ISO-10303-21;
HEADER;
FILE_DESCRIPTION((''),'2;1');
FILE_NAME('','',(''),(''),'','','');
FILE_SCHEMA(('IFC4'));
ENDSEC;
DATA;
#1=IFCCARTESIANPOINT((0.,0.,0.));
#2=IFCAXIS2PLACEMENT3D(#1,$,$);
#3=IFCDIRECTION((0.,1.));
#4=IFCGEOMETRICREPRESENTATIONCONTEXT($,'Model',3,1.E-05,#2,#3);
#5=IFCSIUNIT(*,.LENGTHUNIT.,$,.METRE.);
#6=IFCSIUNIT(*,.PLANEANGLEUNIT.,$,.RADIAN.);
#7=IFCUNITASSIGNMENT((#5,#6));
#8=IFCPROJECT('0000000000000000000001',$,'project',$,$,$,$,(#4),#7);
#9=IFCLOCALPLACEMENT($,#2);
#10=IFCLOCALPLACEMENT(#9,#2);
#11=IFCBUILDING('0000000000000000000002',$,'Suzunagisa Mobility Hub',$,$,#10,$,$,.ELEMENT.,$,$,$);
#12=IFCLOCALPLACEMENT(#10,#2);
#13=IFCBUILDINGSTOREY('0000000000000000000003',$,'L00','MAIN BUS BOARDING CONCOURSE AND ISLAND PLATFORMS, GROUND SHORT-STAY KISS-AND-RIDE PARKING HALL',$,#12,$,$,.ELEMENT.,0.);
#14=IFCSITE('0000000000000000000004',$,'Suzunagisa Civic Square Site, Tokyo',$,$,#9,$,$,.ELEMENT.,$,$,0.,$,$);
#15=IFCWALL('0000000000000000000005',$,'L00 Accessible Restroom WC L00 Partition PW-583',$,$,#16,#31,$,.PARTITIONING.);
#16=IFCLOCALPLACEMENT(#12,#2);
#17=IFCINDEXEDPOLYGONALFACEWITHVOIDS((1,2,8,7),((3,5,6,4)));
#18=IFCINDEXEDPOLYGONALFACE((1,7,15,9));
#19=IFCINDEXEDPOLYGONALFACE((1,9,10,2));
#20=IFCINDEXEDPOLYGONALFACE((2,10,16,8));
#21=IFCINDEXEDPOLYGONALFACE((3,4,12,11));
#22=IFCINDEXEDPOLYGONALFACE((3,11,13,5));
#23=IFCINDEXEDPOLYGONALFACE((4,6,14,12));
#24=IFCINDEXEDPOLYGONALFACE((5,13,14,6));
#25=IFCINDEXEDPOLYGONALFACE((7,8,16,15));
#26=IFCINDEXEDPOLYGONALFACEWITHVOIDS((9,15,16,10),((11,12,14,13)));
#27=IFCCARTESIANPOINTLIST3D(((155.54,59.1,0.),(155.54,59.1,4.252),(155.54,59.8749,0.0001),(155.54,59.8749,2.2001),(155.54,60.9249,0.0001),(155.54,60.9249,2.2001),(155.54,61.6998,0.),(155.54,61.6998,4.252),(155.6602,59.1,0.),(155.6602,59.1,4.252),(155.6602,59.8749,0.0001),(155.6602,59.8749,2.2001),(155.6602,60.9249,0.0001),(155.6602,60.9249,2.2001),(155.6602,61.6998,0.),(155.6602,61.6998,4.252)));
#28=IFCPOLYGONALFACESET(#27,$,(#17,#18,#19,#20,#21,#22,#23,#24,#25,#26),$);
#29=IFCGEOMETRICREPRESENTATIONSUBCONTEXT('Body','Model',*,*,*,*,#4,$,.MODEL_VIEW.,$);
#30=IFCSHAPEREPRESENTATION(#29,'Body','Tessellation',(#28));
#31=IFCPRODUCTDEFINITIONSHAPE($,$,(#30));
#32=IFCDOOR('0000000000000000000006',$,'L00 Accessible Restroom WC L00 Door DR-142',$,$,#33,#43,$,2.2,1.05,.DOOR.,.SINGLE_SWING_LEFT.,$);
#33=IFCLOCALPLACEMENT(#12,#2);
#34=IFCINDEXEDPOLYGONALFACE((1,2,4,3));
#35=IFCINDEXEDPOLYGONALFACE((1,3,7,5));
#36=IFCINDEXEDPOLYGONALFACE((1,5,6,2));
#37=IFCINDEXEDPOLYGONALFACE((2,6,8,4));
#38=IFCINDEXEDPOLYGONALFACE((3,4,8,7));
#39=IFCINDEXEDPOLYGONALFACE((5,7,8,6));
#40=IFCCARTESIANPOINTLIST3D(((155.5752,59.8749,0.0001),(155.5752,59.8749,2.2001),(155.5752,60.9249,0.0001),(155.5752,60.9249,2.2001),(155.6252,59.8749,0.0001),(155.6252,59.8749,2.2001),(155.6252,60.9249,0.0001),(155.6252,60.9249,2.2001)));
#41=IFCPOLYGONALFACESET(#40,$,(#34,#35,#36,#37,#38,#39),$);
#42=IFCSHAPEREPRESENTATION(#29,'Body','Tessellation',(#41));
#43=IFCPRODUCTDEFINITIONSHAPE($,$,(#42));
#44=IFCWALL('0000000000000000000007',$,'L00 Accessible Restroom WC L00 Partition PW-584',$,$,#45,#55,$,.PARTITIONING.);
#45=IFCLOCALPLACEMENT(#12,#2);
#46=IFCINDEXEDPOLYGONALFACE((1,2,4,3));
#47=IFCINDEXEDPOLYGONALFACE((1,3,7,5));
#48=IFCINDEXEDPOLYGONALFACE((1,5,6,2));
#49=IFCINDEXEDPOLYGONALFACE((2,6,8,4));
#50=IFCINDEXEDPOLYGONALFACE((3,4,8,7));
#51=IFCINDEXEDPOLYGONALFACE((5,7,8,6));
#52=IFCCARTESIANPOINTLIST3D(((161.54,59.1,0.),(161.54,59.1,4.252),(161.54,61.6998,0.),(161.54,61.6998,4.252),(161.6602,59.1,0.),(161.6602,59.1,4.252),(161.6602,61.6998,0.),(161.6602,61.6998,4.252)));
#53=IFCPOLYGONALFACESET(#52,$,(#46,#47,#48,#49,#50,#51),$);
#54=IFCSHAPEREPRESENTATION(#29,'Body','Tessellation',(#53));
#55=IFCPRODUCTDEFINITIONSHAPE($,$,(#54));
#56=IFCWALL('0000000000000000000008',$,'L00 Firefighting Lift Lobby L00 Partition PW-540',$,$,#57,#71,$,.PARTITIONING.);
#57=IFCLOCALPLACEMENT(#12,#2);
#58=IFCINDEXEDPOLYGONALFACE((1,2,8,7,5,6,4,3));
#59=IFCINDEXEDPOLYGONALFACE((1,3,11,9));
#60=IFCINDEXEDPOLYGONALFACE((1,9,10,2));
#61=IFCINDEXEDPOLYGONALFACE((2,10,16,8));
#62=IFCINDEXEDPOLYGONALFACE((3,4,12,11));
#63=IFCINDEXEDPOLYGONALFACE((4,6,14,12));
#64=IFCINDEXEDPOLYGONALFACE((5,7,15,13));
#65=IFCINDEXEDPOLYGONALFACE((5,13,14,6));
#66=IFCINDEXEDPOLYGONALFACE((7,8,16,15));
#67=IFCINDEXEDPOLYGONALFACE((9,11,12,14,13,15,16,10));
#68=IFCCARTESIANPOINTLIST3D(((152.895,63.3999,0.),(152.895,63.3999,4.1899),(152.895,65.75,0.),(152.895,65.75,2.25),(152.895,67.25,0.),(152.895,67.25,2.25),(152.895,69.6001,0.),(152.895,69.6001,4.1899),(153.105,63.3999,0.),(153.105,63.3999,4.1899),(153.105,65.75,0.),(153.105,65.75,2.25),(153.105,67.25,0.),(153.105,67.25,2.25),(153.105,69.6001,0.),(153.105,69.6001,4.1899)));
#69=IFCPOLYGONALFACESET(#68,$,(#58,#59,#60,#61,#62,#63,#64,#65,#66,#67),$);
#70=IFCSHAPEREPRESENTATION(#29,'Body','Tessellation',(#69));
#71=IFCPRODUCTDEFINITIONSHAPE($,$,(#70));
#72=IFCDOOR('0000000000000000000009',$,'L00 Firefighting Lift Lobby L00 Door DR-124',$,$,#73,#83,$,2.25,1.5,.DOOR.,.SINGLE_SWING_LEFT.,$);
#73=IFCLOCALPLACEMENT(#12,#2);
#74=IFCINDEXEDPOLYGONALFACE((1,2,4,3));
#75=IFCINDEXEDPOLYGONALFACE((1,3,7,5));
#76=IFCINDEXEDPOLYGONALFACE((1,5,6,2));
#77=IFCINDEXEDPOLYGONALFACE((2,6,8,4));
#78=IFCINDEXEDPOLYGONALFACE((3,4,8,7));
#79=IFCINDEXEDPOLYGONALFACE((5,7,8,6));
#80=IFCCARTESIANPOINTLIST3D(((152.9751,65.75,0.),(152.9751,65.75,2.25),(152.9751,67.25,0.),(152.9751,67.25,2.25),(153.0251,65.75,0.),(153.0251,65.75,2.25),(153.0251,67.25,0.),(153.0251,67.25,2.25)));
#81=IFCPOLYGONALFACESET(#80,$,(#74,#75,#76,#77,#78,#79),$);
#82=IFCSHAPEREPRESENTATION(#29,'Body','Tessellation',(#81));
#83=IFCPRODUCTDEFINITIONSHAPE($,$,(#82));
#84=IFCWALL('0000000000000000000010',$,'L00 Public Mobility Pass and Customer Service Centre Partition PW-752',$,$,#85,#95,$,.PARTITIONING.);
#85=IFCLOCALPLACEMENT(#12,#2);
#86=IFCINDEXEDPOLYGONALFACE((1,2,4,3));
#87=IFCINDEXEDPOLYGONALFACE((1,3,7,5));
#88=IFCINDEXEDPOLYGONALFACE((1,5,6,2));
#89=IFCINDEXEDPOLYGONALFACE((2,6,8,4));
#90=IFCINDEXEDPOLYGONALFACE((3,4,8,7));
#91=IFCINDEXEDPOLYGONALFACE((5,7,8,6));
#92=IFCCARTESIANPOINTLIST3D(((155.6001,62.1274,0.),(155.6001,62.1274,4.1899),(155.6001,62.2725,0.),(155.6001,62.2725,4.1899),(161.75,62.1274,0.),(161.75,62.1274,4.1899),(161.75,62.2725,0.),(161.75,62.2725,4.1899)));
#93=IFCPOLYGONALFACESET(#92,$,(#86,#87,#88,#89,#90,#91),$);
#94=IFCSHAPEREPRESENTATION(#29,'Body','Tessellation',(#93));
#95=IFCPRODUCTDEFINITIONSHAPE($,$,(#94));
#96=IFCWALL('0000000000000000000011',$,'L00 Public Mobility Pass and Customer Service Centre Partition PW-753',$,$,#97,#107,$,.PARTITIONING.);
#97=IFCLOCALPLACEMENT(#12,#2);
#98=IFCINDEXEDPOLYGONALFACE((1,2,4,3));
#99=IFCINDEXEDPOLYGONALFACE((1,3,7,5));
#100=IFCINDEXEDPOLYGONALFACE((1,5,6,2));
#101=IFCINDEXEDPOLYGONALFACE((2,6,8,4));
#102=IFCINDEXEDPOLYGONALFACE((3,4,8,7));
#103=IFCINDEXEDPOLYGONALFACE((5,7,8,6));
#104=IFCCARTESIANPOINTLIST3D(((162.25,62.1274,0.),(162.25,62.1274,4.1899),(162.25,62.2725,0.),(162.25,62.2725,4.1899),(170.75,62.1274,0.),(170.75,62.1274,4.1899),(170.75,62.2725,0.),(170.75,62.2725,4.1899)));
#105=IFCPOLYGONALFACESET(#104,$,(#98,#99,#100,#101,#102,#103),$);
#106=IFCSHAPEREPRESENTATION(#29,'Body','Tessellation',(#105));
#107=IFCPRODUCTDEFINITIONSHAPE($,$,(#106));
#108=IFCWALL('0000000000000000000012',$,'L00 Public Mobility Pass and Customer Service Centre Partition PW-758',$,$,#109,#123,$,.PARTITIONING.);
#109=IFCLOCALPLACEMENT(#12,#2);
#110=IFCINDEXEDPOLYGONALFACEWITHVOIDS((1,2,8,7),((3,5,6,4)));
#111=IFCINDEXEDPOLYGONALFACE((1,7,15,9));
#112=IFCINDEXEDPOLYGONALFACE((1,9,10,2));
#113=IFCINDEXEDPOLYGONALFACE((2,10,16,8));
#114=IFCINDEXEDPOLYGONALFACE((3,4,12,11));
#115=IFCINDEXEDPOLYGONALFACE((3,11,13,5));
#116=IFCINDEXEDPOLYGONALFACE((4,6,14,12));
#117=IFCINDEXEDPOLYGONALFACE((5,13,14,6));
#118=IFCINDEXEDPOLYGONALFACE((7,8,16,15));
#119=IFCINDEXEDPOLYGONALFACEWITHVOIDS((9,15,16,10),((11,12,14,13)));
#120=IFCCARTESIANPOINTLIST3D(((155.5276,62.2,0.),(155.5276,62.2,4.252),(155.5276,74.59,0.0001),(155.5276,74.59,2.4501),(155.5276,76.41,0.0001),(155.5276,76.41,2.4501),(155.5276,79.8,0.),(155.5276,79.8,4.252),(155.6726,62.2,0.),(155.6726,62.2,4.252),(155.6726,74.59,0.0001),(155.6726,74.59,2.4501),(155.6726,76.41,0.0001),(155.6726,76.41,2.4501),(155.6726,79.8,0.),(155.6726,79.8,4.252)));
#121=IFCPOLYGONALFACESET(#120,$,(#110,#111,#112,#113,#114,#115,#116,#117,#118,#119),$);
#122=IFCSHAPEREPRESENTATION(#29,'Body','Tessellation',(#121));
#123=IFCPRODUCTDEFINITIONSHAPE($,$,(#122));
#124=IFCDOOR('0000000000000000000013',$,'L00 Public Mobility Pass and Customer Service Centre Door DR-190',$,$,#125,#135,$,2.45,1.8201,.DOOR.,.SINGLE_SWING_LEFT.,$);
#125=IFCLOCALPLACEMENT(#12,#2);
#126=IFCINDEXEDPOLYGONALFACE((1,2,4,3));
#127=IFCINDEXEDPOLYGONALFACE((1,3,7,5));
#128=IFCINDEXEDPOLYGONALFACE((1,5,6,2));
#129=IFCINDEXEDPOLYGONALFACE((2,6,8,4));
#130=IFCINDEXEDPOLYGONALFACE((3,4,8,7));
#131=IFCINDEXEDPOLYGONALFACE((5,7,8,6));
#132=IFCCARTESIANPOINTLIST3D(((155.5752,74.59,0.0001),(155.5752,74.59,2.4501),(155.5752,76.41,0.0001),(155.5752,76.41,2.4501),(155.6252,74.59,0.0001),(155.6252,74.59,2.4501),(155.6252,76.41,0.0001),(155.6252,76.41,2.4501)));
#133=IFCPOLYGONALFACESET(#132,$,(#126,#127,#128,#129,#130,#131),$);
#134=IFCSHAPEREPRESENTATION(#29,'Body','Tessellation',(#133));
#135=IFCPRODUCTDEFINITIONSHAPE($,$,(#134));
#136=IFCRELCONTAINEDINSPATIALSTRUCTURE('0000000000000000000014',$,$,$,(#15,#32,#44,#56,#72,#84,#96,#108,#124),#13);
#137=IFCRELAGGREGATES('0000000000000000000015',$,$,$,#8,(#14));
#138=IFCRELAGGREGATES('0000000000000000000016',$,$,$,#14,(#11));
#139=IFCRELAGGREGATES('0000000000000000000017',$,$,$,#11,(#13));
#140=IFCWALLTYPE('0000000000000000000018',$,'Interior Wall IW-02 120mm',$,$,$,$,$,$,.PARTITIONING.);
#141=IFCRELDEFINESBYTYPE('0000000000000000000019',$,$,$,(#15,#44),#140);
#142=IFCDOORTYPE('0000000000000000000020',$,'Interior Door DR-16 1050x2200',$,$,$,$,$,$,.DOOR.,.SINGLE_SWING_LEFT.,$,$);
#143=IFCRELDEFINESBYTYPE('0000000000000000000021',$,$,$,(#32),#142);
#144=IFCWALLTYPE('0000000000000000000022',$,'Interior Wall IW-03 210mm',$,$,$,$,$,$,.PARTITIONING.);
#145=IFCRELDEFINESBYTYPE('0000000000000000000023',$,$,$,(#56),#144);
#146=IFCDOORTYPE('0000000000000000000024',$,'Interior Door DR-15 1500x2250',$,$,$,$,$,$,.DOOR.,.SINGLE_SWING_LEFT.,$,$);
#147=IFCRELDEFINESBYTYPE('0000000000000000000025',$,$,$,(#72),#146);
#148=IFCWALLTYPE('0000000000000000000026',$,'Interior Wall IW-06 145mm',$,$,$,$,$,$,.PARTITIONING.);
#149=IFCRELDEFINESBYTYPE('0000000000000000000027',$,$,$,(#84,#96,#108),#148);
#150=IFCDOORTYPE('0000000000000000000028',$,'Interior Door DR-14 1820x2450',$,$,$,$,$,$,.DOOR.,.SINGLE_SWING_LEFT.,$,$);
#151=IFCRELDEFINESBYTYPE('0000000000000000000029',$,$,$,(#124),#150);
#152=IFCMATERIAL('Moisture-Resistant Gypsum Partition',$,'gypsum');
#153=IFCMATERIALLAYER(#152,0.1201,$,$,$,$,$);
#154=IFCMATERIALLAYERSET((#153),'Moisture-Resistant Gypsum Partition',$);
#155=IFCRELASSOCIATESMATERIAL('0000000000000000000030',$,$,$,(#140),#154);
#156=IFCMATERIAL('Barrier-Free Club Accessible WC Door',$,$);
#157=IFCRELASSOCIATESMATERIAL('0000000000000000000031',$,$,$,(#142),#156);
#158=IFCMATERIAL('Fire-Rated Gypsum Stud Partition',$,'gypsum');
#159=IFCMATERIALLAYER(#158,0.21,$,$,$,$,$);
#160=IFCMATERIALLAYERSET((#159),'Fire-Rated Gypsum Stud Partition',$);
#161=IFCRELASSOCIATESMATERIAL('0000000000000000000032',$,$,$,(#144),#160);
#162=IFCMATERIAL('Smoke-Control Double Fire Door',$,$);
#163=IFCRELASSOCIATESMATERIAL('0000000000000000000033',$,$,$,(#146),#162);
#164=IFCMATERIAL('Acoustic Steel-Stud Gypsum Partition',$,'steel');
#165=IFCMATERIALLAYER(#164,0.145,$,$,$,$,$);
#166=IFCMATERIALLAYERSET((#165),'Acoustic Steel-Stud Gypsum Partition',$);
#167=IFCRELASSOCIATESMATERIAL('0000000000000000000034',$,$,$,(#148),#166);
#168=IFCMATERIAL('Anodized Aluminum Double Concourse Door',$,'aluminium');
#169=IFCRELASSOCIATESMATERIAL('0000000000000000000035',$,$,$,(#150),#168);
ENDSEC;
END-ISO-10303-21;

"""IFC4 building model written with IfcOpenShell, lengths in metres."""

from ifc_helpers import new_model, si_unit, direction, frame, frame_2d, origin, place, context, subcontext, project, spatial, rectangle, extrude, material, layer, layer_set, type_object, element, fill, save


model = new_model("IFC4")

# Units and contexts
model_context = context("Model", 3, precision=1e-05, world=origin(), true_north=direction((0.0, 1.0)))
body_context = subcontext(model_context, "Body", "Model", "MODEL_VIEW")
ifc_project = project(units=[si_unit("LENGTHUNIT", "METRE"), si_unit("PLANEANGLEUNIT", "RADIAN")], contexts=[model_context])

# Site, building, storey
site_placement = place(None, origin())
site = spatial("IfcSite", under=ifc_project, at=site_placement, Name="Suzunagisa Civic Square Site, Tokyo", CompositionType="ELEMENT", RefElevation=0.0)
building_placement = place(site_placement, origin())
building = spatial("IfcBuilding", under=site, at=building_placement, Name="Suzunagisa Mobility Hub", CompositionType="ELEMENT")
storey_placement = place(building_placement, origin())
storey = spatial("IfcBuildingStorey", under=building, at=storey_placement, Name="L00", Description="MAIN BUS BOARDING CONCOURSE AND ISLAND PLATFORMS, GROUND SHORT-STAY KISS-AND-RIDE PARKING HALL", CompositionType="ELEMENT", Elevation=0.0)

# Shared definitions
ifc_material_1 = material(Name="Moisture-Resistant Gypsum Partition", Category="gypsum")
ifc_layer_1 = layer(ifc_material_1, 0.1201)
ifc_layer_set_1 = layer_set([ifc_layer_1], Name="Moisture-Resistant Gypsum Partition")
wall_type_1 = type_object("IfcWallType", Name="Interior Wall IW-02 120mm", PredefinedType="PARTITIONING", material=ifc_layer_set_1)

# Wall, opening, door
wall_1_placement = place(storey_placement, frame((155.6001, 59.1001, 0.0), z_axis=(0.0, 0.0, 1.0), x_axis=(0.0, 1.0, 0.0)))
wall_1 = element("IfcWall", 1, at=wall_1_placement, inside=storey, type_object=wall_type_1, Name="L00 Accessible Restroom WC L00 Partition PW-583", PredefinedType="PARTITIONING", context=body_context, shape_type="SweptSolid", body=[
    extrude(rectangle(XDim=2.5999, YDim=0.1201, at=frame_2d((1.2998, 0.0))), origin(), (0.0, 0.0, 1.0), 4.252),
])
opening_1_placement = place(wall_1_placement, frame((0.7749, 0.0, 0.0)))
opening_1 = element("IfcOpeningElement", 2, at=opening_1_placement, cuts=wall_1, PredefinedType="OPENING", context=body_context, shape_type="SweptSolid", body=[
    extrude(rectangle(XDim=1.05, YDim=2.2, at=frame_2d((0.5249, 1.1001))), frame((0.0, 0.071, 0.0), z_axis=(0.0, -1.0, 0.0), x_axis=(1.0, 0.0, 0.0)), (0.0, 0.0, 1.0), 0.1421),
])
ifc_material_2 = material(Name="Barrier-Free Club Accessible WC Door")
door_type_1 = type_object("IfcDoorType", Name="Interior Door DR-16 1050x2200", OperationType="SINGLE_SWING_LEFT", PredefinedType="DOOR", material=ifc_material_2)
door_1_placement = place(opening_1_placement, origin())
door_1 = element("IfcDoor", 3, at=door_1_placement, inside=storey, type_object=door_type_1, Name="L00 Accessible Restroom WC L00 Door DR-142", OperationType="SINGLE_SWING_LEFT", OverallHeight=2.2, OverallWidth=1.05, PredefinedType="DOOR", context=body_context, shape_type="SweptSolid", body=[
    extrude(rectangle(XDim=1.05, YDim=2.2, at=frame_2d((0.5249, 1.1001))), frame((0.0, 0.0249, 0.0), z_axis=(0.0, -1.0, 0.0), x_axis=(1.0, 0.0, 0.0)), (0.0, 0.0, 1.0), 0.05),
])
fill(opening_1, door_1)

# Wall
wall_2_placement = place(storey_placement, frame((161.6001, 59.1001, 0.0), z_axis=(0.0, 0.0, 1.0), x_axis=(0.0, 1.0, 0.0)))
element("IfcWall", 4, at=wall_2_placement, inside=storey, type_object=wall_type_1, Name="L00 Accessible Restroom WC L00 Partition PW-584", PredefinedType="PARTITIONING", context=body_context, shape_type="SweptSolid", body=[
    extrude(rectangle(XDim=2.5999, YDim=0.1201, at=frame_2d((1.2998, 0.0))), origin(), (0.0, 0.0, 1.0), 4.252),
])

# Wall, opening, door
ifc_material_3 = material(Name="Fire-Rated Gypsum Stud Partition", Category="gypsum")
ifc_layer_2 = layer(ifc_material_3, 0.21)
ifc_layer_set_2 = layer_set([ifc_layer_2], Name="Fire-Rated Gypsum Stud Partition")
wall_type_2 = type_object("IfcWallType", Name="Interior Wall IW-03 210mm", PredefinedType="PARTITIONING", material=ifc_layer_set_2)
wall_3_placement = place(storey_placement, frame((153.0, 63.3999, 0.0), z_axis=(0.0, 0.0, 1.0), x_axis=(0.0, 1.0, 0.0)))
wall_3 = element("IfcWall", 5, at=wall_3_placement, inside=storey, type_object=wall_type_2, Name="L00 Firefighting Lift Lobby L00 Partition PW-540", PredefinedType="PARTITIONING", context=body_context, shape_type="SweptSolid", body=[
    extrude(rectangle(XDim=6.2002, YDim=0.21, at=frame_2d((3.1001, 0.0))), origin(), (0.0, 0.0, 1.0), 4.1899),
])
opening_2_placement = place(wall_3_placement, frame((2.3501, 0.0, 0.0)))
opening_2 = element("IfcOpeningElement", 6, at=opening_2_placement, cuts=wall_3, PredefinedType="OPENING", context=body_context, shape_type="SweptSolid", body=[
    extrude(rectangle(XDim=1.5, YDim=2.25, at=frame_2d((0.75, 1.125))), frame((0.0, 0.116, 0.0), z_axis=(0.0, -1.0, 0.0), x_axis=(1.0, 0.0, 0.0)), (0.0, 0.0, 1.0), 0.2319),
])
ifc_material_4 = material(Name="Smoke-Control Double Fire Door")
door_type_2 = type_object("IfcDoorType", Name="Interior Door DR-15 1500x2250", OperationType="SINGLE_SWING_LEFT", PredefinedType="DOOR", material=ifc_material_4)
door_2_placement = place(opening_2_placement, origin())
door_2 = element("IfcDoor", 7, at=door_2_placement, inside=storey, type_object=door_type_2, Name="L00 Firefighting Lift Lobby L00 Door DR-124", OperationType="SINGLE_SWING_LEFT", OverallHeight=2.25, OverallWidth=1.5, PredefinedType="DOOR", context=body_context, shape_type="SweptSolid", body=[
    extrude(rectangle(XDim=1.5, YDim=2.25, at=frame_2d((0.75, 1.125))), frame((0.0, 0.0249, 0.0), z_axis=(0.0, -1.0, 0.0), x_axis=(1.0, 0.0, 0.0)), (0.0, 0.0, 1.0), 0.05),
])
fill(opening_2, door_2)

# Walls
ifc_material_5 = material(Name="Acoustic Steel-Stud Gypsum Partition", Category="steel")
ifc_layer_3 = layer(ifc_material_5, 0.145)
ifc_layer_set_3 = layer_set([ifc_layer_3], Name="Acoustic Steel-Stud Gypsum Partition")
wall_type_3 = type_object("IfcWallType", Name="Interior Wall IW-06 145mm", PredefinedType="PARTITIONING", material=ifc_layer_set_3)
wall_4_placement = place(storey_placement, frame((155.6001, 62.2, 0.0), z_axis=(0.0, 0.0, 1.0), x_axis=(1.0, 0.0, 0.0)))
element("IfcWall", 8, at=wall_4_placement, inside=storey, type_object=wall_type_3, Name="L00 Public Mobility Pass and Customer Service Centre Partition PW-752", PredefinedType="PARTITIONING", context=body_context, shape_type="SweptSolid", body=[
    extrude(rectangle(XDim=6.1499, YDim=0.145, at=frame_2d((3.075, 0.0))), origin(), (0.0, 0.0, 1.0), 4.1899),
])
wall_5_placement = place(storey_placement, frame((162.25, 62.2, 0.0), z_axis=(0.0, 0.0, 1.0), x_axis=(1.0, 0.0, 0.0)))
element("IfcWall", 9, at=wall_5_placement, inside=storey, type_object=wall_type_3, Name="L00 Public Mobility Pass and Customer Service Centre Partition PW-753", PredefinedType="PARTITIONING", context=body_context, shape_type="SweptSolid", body=[
    extrude(rectangle(XDim=8.5, YDim=0.145, at=frame_2d((4.25, 0.0))), origin(), (0.0, 0.0, 1.0), 4.1899),
])

# Wall, opening, door
wall_6_placement = place(storey_placement, frame((155.6001, 62.2, 0.0), z_axis=(0.0, 0.0, 1.0), x_axis=(0.0, 1.0, 0.0)))
wall_6 = element("IfcWall", 10, at=wall_6_placement, inside=storey, type_object=wall_type_3, Name="L00 Public Mobility Pass and Customer Service Centre Partition PW-758", PredefinedType="PARTITIONING", context=body_context, shape_type="SweptSolid", body=[
    extrude(rectangle(XDim=17.6001, YDim=0.145, at=frame_2d((8.8, 0.0))), origin(), (0.0, 0.0, 1.0), 4.252),
])
opening_3_placement = place(wall_6_placement, frame((12.3899, 0.0, 0.0)))
opening_3 = element("IfcOpeningElement", 11, at=opening_3_placement, cuts=wall_6, PredefinedType="OPENING", context=body_context, shape_type="SweptSolid", body=[
    extrude(rectangle(XDim=1.8201, YDim=2.45, at=frame_2d((0.9102, 1.2251))), frame((0.0, 0.0835, 0.0), z_axis=(0.0, -1.0, 0.0), x_axis=(1.0, 0.0, 0.0)), (0.0, 0.0, 1.0), 0.167),
])
ifc_material_6 = material(Name="Anodized Aluminum Double Concourse Door", Category="aluminium")
door_type_3 = type_object("IfcDoorType", Name="Interior Door DR-14 1820x2450", OperationType="SINGLE_SWING_LEFT", PredefinedType="DOOR", material=ifc_material_6)
door_3_placement = place(opening_3_placement, origin())
door_3 = element("IfcDoor", 12, at=door_3_placement, inside=storey, type_object=door_type_3, Name="L00 Public Mobility Pass and Customer Service Centre Door DR-190", OperationType="SINGLE_SWING_LEFT", OverallHeight=2.45, OverallWidth=1.8201, PredefinedType="DOOR", context=body_context, shape_type="SweptSolid", body=[
    extrude(rectangle(XDim=1.8201, YDim=2.45, at=frame_2d((0.9102, 1.2251))), frame((0.0, 0.0249, 0.0), z_axis=(0.0, -1.0, 0.0), x_axis=(1.0, 0.0, 0.0)), (0.0, 0.0, 1.0), 0.05),
])
fill(opening_3, door_3)

save(model, "model.ifc")
